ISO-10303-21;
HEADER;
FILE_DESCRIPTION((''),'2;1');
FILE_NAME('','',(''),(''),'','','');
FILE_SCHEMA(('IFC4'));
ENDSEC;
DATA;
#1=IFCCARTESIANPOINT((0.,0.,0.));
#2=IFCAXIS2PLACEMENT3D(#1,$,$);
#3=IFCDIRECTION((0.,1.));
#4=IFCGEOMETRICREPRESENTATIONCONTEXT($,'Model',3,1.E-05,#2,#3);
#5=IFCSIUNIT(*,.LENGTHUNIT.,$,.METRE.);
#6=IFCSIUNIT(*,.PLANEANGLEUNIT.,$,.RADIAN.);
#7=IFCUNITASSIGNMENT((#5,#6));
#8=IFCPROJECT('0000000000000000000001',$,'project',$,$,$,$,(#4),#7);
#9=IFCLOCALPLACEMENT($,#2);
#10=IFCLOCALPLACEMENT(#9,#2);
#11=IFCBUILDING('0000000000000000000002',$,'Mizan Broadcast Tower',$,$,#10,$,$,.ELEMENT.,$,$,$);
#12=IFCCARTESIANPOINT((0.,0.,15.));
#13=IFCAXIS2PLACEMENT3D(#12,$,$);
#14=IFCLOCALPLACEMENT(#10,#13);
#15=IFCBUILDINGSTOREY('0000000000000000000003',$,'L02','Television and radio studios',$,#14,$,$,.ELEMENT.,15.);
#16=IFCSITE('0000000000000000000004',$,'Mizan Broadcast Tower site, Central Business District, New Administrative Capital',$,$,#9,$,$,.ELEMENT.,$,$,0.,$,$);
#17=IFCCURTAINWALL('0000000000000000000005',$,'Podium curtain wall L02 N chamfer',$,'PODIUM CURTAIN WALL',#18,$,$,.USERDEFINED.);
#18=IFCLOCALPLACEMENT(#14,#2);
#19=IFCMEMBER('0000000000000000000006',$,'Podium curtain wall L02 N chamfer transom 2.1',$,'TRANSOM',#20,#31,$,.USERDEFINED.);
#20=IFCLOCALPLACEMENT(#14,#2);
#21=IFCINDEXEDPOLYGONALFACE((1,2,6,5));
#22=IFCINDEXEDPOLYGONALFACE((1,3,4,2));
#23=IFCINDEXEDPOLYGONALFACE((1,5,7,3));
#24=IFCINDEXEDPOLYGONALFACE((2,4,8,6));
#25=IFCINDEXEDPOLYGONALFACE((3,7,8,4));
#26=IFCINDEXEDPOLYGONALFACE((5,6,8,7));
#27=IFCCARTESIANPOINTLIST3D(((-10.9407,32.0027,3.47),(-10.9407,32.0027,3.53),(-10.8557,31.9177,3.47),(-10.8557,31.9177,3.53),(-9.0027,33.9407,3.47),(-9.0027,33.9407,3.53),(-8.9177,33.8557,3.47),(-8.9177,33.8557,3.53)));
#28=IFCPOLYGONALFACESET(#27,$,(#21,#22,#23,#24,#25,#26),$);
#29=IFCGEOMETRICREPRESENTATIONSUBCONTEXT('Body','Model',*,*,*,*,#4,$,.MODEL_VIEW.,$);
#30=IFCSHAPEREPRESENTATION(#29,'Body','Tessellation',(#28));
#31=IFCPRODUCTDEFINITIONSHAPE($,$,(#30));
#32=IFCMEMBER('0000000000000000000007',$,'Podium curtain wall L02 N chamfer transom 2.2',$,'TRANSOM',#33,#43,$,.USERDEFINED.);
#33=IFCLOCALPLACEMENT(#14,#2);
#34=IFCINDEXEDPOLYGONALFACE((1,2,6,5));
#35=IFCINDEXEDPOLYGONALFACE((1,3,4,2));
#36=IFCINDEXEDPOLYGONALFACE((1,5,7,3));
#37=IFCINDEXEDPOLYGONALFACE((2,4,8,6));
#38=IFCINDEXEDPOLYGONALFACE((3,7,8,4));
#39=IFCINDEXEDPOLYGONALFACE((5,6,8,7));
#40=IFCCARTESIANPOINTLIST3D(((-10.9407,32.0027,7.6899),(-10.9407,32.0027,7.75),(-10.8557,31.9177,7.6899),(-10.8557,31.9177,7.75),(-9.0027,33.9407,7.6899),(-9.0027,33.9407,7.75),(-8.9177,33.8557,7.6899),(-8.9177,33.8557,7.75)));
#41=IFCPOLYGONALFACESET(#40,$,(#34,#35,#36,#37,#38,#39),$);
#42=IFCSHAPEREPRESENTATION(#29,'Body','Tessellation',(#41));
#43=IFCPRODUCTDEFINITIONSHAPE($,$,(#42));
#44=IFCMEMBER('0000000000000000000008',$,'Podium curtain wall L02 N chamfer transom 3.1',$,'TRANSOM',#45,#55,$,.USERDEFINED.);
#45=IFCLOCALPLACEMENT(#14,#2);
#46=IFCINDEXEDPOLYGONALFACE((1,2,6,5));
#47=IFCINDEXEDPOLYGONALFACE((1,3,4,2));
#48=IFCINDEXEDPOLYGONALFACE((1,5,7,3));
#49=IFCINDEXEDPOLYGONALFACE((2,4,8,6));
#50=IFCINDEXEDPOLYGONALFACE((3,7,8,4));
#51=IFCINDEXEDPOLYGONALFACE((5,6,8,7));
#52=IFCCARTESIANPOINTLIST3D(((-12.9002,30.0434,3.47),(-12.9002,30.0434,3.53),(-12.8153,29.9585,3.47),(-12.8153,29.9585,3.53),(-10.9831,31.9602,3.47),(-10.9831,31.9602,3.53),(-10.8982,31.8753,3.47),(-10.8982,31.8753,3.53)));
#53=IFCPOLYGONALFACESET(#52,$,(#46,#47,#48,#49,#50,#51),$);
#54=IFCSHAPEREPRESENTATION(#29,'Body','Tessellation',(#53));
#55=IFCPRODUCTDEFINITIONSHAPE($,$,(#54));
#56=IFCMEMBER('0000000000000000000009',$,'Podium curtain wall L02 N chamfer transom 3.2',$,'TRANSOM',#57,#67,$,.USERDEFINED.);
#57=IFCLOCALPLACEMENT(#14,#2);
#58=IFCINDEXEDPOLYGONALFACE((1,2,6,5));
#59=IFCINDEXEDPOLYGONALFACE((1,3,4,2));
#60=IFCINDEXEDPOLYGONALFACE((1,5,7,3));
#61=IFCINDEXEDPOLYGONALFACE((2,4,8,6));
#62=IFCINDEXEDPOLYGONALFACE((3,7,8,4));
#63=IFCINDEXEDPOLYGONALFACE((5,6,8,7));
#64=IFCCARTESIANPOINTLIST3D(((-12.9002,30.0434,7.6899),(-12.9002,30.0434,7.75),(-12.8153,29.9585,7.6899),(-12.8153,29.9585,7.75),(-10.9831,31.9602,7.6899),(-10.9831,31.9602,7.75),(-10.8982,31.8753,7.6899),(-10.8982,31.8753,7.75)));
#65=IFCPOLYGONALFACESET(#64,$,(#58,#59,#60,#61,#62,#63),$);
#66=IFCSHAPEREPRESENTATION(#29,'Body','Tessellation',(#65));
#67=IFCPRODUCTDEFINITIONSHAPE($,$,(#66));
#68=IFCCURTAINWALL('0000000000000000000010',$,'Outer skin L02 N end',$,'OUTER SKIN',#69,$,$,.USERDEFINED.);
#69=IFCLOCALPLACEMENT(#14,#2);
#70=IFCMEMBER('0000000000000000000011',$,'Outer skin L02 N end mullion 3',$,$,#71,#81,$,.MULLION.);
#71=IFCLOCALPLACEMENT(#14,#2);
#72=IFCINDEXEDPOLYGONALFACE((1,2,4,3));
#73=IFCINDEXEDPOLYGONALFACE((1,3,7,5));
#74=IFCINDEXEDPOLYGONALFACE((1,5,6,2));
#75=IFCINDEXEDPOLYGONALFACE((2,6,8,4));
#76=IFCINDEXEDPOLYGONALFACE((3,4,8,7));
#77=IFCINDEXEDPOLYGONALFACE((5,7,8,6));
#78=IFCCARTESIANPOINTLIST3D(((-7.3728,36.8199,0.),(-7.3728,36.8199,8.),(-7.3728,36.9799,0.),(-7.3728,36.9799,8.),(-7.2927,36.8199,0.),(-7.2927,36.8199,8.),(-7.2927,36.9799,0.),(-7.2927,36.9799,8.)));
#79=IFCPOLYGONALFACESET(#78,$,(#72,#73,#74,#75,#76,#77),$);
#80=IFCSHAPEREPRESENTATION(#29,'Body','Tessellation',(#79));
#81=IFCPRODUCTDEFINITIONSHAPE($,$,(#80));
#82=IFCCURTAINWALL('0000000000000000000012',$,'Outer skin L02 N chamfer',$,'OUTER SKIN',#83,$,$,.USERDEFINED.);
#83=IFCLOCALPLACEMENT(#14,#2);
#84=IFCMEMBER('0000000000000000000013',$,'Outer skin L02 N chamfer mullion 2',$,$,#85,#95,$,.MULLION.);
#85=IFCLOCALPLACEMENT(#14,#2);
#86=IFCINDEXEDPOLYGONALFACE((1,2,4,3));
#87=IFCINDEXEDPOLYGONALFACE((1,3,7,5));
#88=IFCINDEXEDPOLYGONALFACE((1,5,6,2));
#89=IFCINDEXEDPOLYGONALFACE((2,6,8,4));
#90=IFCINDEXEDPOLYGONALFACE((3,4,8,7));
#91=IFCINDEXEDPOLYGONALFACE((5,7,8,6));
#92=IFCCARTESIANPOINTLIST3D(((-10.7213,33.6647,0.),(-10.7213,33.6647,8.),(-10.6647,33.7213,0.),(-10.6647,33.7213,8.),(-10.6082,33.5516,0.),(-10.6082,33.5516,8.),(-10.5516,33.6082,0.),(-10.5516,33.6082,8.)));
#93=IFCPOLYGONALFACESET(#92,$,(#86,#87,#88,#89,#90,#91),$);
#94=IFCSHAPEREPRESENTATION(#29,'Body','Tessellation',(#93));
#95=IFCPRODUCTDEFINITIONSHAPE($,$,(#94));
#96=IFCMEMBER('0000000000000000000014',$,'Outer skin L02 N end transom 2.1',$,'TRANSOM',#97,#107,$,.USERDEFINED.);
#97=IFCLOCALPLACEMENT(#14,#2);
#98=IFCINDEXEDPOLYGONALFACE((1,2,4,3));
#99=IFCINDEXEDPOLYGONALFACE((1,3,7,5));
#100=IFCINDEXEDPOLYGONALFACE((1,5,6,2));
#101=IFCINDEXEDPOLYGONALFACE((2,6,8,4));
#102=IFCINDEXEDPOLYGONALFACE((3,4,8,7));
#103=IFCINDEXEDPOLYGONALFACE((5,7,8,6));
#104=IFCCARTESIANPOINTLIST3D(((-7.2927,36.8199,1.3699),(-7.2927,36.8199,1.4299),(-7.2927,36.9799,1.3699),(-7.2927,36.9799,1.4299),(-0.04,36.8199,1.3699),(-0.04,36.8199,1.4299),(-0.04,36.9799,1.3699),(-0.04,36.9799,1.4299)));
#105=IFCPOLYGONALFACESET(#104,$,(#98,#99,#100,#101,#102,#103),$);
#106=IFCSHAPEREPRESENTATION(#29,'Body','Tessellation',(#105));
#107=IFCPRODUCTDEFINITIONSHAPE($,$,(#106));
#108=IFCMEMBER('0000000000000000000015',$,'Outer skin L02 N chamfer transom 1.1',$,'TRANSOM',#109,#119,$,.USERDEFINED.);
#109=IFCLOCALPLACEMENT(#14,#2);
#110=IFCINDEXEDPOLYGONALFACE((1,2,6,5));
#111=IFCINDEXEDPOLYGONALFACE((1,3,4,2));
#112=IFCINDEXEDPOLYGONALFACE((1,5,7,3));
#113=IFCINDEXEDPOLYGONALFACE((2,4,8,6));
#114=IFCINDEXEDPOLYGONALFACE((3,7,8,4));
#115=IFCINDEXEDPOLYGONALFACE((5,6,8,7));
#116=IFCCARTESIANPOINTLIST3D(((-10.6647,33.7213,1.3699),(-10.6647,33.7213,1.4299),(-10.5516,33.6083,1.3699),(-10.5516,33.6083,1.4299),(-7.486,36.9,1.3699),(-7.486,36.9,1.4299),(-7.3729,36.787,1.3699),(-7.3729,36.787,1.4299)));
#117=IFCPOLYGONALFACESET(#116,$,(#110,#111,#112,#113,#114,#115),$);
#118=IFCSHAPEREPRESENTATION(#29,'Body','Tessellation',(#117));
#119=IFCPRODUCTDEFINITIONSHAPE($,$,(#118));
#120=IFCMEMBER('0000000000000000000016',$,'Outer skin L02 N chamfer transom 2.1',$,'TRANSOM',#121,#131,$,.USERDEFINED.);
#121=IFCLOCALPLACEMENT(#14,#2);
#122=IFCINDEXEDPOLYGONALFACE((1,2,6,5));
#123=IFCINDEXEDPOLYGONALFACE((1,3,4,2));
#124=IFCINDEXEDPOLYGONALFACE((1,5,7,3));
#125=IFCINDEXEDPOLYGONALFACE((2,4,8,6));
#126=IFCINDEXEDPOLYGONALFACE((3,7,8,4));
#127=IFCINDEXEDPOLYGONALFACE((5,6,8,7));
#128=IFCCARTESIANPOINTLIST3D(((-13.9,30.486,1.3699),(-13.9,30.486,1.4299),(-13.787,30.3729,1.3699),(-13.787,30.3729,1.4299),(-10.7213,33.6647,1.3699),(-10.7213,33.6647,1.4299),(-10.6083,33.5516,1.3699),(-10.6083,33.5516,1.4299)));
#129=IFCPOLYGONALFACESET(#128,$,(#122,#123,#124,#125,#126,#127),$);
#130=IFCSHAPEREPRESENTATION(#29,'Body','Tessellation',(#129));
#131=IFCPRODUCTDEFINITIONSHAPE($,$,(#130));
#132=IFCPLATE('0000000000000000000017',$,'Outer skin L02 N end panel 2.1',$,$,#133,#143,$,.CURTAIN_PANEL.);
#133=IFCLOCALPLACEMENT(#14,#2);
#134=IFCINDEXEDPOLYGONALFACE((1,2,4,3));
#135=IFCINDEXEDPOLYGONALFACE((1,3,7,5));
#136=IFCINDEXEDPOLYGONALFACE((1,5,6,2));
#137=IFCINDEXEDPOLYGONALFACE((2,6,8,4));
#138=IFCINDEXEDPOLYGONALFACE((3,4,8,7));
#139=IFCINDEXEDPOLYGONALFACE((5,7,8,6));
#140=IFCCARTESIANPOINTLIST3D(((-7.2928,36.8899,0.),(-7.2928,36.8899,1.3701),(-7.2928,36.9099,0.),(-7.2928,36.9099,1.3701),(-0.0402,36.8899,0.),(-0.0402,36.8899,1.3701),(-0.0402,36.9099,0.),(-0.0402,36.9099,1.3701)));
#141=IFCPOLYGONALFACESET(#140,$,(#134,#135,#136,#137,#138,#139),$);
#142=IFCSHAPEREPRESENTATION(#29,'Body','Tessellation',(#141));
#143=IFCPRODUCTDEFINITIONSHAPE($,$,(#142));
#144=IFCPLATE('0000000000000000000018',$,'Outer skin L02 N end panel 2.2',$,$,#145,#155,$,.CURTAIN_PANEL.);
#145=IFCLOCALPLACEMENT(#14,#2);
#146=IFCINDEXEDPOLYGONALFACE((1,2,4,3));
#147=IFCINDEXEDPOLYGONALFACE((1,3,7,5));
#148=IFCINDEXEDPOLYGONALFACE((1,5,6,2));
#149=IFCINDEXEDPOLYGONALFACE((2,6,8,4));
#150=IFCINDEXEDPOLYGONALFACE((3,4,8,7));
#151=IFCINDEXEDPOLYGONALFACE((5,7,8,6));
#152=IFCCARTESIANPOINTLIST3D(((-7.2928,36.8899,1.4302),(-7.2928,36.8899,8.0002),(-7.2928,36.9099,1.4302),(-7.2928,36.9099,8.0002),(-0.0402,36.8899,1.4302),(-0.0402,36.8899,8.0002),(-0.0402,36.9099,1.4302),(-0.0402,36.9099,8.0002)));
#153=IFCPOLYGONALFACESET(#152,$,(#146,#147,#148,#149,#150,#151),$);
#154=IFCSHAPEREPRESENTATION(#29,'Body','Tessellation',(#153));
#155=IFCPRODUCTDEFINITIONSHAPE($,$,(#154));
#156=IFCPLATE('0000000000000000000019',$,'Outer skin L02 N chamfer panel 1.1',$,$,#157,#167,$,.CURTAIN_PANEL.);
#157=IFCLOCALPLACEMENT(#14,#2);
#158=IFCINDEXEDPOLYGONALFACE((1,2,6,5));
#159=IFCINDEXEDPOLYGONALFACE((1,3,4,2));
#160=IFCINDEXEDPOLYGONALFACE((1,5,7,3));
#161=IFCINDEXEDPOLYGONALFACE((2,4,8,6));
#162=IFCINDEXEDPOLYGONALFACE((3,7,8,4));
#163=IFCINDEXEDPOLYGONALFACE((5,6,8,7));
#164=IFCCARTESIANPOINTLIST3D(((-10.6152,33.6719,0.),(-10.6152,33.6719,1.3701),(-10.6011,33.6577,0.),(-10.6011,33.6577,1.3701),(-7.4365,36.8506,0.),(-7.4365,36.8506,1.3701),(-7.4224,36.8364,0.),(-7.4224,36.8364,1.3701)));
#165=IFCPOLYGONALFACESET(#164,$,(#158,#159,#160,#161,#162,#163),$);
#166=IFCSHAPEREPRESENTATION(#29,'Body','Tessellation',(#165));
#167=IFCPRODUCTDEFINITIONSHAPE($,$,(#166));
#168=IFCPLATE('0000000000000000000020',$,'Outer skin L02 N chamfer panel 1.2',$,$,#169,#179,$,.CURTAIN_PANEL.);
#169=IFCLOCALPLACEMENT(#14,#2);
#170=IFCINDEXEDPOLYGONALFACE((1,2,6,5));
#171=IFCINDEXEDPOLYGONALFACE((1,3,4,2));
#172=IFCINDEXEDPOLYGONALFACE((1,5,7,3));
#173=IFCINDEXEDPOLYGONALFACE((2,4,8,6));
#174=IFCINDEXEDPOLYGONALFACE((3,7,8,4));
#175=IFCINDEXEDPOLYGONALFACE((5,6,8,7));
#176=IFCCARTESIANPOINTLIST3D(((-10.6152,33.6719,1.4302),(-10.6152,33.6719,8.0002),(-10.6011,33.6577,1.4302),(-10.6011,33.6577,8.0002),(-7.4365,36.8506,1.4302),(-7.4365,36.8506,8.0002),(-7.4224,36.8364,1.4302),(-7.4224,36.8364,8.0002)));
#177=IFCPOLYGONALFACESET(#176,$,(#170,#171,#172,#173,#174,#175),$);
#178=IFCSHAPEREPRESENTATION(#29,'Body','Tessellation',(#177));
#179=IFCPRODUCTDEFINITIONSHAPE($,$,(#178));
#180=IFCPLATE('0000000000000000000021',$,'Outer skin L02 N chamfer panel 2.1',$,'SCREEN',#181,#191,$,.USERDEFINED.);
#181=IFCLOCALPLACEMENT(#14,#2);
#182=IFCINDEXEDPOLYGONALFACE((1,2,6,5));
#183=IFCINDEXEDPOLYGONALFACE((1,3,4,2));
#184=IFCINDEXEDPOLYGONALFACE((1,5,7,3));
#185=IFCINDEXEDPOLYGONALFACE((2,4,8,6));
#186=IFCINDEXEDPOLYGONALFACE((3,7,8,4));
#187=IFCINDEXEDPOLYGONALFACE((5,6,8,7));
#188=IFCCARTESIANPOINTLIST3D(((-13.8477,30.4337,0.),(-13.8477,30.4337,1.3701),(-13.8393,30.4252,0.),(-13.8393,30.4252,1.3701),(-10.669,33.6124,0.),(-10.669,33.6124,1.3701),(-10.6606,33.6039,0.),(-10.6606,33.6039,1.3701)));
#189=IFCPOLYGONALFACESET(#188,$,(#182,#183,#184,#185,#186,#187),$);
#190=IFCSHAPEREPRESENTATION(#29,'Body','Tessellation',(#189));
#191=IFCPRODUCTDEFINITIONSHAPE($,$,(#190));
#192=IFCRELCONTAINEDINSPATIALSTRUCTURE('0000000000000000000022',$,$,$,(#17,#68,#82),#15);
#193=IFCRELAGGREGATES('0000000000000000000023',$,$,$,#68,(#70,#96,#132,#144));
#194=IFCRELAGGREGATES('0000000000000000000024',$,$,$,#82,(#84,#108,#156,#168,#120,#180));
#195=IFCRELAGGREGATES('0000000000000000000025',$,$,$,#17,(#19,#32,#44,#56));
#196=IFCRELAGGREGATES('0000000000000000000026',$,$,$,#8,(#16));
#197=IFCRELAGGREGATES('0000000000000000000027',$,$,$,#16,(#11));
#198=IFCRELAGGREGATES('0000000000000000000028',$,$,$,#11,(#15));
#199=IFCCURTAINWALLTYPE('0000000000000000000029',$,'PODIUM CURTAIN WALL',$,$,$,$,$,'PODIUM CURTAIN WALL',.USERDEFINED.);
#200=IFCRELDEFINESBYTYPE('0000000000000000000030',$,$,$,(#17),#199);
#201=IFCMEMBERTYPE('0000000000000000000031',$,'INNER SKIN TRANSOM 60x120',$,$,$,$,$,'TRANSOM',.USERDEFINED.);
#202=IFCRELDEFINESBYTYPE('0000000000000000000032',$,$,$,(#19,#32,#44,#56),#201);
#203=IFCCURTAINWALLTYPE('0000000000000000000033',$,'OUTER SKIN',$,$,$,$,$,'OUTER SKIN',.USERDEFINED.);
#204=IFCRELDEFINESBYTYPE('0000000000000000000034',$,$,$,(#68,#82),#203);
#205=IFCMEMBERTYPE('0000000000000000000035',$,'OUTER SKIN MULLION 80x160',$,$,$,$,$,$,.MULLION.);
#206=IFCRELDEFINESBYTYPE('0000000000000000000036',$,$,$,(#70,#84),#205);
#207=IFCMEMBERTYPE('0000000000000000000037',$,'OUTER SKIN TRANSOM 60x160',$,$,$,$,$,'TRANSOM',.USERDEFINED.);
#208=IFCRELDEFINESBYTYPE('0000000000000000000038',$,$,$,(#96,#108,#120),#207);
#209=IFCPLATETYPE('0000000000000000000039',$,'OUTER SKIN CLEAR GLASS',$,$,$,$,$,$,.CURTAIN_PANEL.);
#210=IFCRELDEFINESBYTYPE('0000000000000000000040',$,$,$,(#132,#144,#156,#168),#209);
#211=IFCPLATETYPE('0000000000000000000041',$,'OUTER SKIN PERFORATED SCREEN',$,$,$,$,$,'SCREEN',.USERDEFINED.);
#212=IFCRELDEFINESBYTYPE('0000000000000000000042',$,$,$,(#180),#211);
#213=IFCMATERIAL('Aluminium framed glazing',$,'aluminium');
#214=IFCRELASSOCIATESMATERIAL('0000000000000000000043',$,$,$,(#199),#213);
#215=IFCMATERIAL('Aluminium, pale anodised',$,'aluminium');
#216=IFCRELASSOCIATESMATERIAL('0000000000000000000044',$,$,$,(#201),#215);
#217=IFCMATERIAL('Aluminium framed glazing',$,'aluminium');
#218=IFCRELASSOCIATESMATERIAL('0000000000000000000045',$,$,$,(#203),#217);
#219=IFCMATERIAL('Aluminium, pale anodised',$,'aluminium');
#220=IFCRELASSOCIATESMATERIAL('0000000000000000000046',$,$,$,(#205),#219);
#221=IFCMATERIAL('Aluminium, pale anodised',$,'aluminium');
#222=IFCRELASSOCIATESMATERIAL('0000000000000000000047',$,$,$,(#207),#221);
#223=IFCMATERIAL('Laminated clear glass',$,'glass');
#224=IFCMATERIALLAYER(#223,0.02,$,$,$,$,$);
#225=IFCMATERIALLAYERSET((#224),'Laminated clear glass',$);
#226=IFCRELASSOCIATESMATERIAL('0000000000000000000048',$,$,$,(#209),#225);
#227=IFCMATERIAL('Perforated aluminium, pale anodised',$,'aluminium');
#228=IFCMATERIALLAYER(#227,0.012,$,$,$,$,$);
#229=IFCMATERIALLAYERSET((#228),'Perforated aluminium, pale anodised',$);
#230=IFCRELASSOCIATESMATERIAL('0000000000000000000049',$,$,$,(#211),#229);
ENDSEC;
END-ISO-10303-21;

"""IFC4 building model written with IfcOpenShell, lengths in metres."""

from ifc_helpers import new_model, si_unit, direction, frame, origin, origin_2d, place, context, subcontext, project, spatial, rectangle, extrude, material, layer, layer_set, material_profile, profile_set, type_object, element, aggregate, save


model = new_model("IFC4")

# Units and contexts
model_context = context("Model", 3, precision=1e-05, world=origin(), true_north=direction((0.0, 1.0)))
body_context = subcontext(model_context, "Body", "Model", "MODEL_VIEW")
ifc_project = project(units=[si_unit("LENGTHUNIT", "METRE"), si_unit("PLANEANGLEUNIT", "RADIAN")], contexts=[model_context])

# Site, building, storey
site_placement = place(None, origin())
site = spatial("IfcSite", under=ifc_project, at=site_placement, Name="Mizan Broadcast Tower site, Central Business District, New Administrative Capital", CompositionType="ELEMENT", RefElevation=0.0)
building_placement = place(site_placement, origin())
building = spatial("IfcBuilding", under=site, at=building_placement, Name="Mizan Broadcast Tower", CompositionType="ELEMENT")
storey_placement = place(building_placement, frame((0.0, 0.0, 15.0)))
storey = spatial("IfcBuildingStorey", under=building, at=storey_placement, Name="L02", Description="Television and radio studios", CompositionType="ELEMENT", Elevation=15.0)

# Curtain wall
ifc_material_1 = material(Name="Aluminium framed glazing", Category="aluminium")
curtain_wall_type_1 = type_object("IfcCurtainWallType", Name="PODIUM CURTAIN WALL", ElementType="PODIUM CURTAIN WALL", PredefinedType="USERDEFINED", material=ifc_material_1)
curtain_wall_1_placement = place(storey_placement, origin())
curtain_wall_1 = element("IfcCurtainWall", 1, at=curtain_wall_1_placement, inside=storey, type_object=curtain_wall_type_1, Name="Podium curtain wall L02 N chamfer", ObjectType="PODIUM CURTAIN WALL", PredefinedType="USERDEFINED")

# Members
ifc_material_2 = material(Name="Aluminium, pale anodised", Category="aluminium")
ifc_material_profile_1 = material_profile(ifc_material_2, rectangle(XDim=0.1201, YDim=0.0601, at=origin_2d()), Name="TRANSOM 120x60")
ifc_profile_set_1 = profile_set([ifc_material_profile_1], Name="Aluminium, pale anodised")
member_type_1 = type_object("IfcMemberType", Name="INNER SKIN TRANSOM 60x120", ElementType="TRANSOM", PredefinedType="USERDEFINED", material=ifc_profile_set_1)
member_1_placement = place(storey_placement, frame((-8.9602, 33.8982, 3.5), z_axis=(-0.707107, -0.707107, 0.0), x_axis=(0.707107, -0.707107, 0.0)))
member_1 = element("IfcMember", 2, at=member_1_placement, type_object=member_type_1, Name="Podium curtain wall L02 N chamfer transom 2.1", ObjectType="TRANSOM", PredefinedType="USERDEFINED", context=body_context, shape_type="SweptSolid", body=[
    extrude(rectangle(XDim=0.1201, YDim=0.0601, at=origin_2d()), origin(), (0.0, 0.0, 1.0), 2.7407),
])
member_2_placement = place(storey_placement, frame((-8.9602, 33.8982, 7.72), z_axis=(-0.707107, -0.707107, 0.0), x_axis=(0.707107, -0.707107, 0.0)))
member_2 = element("IfcMember", 3, at=member_2_placement, type_object=member_type_1, Name="Podium curtain wall L02 N chamfer transom 2.2", ObjectType="TRANSOM", PredefinedType="USERDEFINED", context=body_context, shape_type="SweptSolid", body=[
    extrude(rectangle(XDim=0.1201, YDim=0.0601, at=origin_2d()), origin(), (0.0, 0.0, 1.0), 2.7407),
])
member_3_placement = place(storey_placement, frame((-10.9407, 31.9177, 3.5), z_axis=(-0.707152, -0.707062, 0.0), x_axis=(0.707062, -0.707152, 0.0)))
member_3 = element("IfcMember", 4, at=member_3_placement, type_object=member_type_1, Name="Podium curtain wall L02 N chamfer transom 3.1", ObjectType="TRANSOM", PredefinedType="USERDEFINED", context=body_context, shape_type="SweptSolid", body=[
    extrude(rectangle(XDim=0.1201, YDim=0.0601, at=origin_2d()), origin(), (0.0, 0.0, 1.0), 2.7109),
])
member_4_placement = place(storey_placement, frame((-10.9407, 31.9177, 7.72), z_axis=(-0.707152, -0.707062, 0.0), x_axis=(0.707062, -0.707152, 0.0)))
member_4 = element("IfcMember", 5, at=member_4_placement, type_object=member_type_1, Name="Podium curtain wall L02 N chamfer transom 3.2", ObjectType="TRANSOM", PredefinedType="USERDEFINED", context=body_context, shape_type="SweptSolid", body=[
    extrude(rectangle(XDim=0.1201, YDim=0.0601, at=origin_2d()), origin(), (0.0, 0.0, 1.0), 2.7109),
])

# Curtain walls, members
ifc_material_3 = material(Name="Aluminium framed glazing", Category="aluminium")
curtain_wall_type_2 = type_object("IfcCurtainWallType", Name="OUTER SKIN", ElementType="OUTER SKIN", PredefinedType="USERDEFINED", material=ifc_material_3)
curtain_wall_2_placement = place(storey_placement, origin())
curtain_wall_2 = element("IfcCurtainWall", 6, at=curtain_wall_2_placement, inside=storey, type_object=curtain_wall_type_2, Name="Outer skin L02 N end", ObjectType="OUTER SKIN", PredefinedType="USERDEFINED")
ifc_material_4 = material(Name="Aluminium, pale anodised", Category="aluminium")
ifc_material_profile_2 = material_profile(ifc_material_4, rectangle(XDim=0.1599, YDim=0.0801, at=origin_2d()), Name="MULLION 160x80")
ifc_profile_set_2 = profile_set([ifc_material_profile_2], Name="Aluminium, pale anodised")
member_type_2 = type_object("IfcMemberType", Name="OUTER SKIN MULLION 80x160", PredefinedType="MULLION", material=ifc_profile_set_2)
member_5_placement = place(storey_placement, frame((-7.3328, 36.8999, 0.0), z_axis=(0.0, 0.0, 1.0), x_axis=(0.0, -1.0, 0.0)))
member_5 = element("IfcMember", 7, at=member_5_placement, type_object=member_type_2, Name="Outer skin L02 N end mullion 3", PredefinedType="MULLION", context=body_context, shape_type="SweptSolid", body=[
    extrude(rectangle(XDim=0.1599, YDim=0.0801, at=origin_2d()), origin(), (0.0, 0.0, 1.0), 8.0),
])
curtain_wall_3_placement = place(storey_placement, origin())
curtain_wall_3 = element("IfcCurtainWall", 8, at=curtain_wall_3_placement, inside=storey, type_object=curtain_wall_type_2, Name="Outer skin L02 N chamfer", ObjectType="OUTER SKIN", PredefinedType="USERDEFINED")
member_6_placement = place(storey_placement, frame((-10.6365, 33.6365, 0.0), z_axis=(0.0, 0.0, 1.0), x_axis=(0.707107, -0.707107, 0.0)))
member_6 = element("IfcMember", 9, at=member_6_placement, type_object=member_type_2, Name="Outer skin L02 N chamfer mullion 2", PredefinedType="MULLION", context=body_context, shape_type="SweptSolid", body=[
    extrude(rectangle(XDim=0.1599, YDim=0.0801, at=origin_2d()), origin(), (0.0, 0.0, 1.0), 8.0),
])

# Members
ifc_material_5 = material(Name="Aluminium, pale anodised", Category="aluminium")
ifc_material_profile_3 = material_profile(ifc_material_5, rectangle(XDim=0.1599, YDim=0.0601, at=origin_2d()), Name="TRANSOM 160x60")
ifc_profile_set_3 = profile_set([ifc_material_profile_3], Name="Aluminium, pale anodised")
member_type_3 = type_object("IfcMemberType", Name="OUTER SKIN TRANSOM 60x160", ElementType="TRANSOM", PredefinedType="USERDEFINED", material=ifc_profile_set_3)
member_7_placement = place(storey_placement, frame((-0.04, 36.8999, 1.3999), z_axis=(-1.0, 0.0, 0.0), x_axis=(0.0, -1.0, 0.0)))
member_7 = element("IfcMember", 10, at=member_7_placement, type_object=member_type_3, Name="Outer skin L02 N end transom 2.1", ObjectType="TRANSOM", PredefinedType="USERDEFINED", context=body_context, shape_type="SweptSolid", body=[
    extrude(rectangle(XDim=0.1599, YDim=0.0601, at=origin_2d()), origin(), (0.0, 0.0, 1.0), 7.2527),
])
member_8_placement = place(storey_placement, frame((-7.4294, 36.8435, 1.3999), z_axis=(-0.707107, -0.707107, 0.0), x_axis=(0.707107, -0.707107, 0.0)))
member_8 = element("IfcMember", 11, at=member_8_placement, type_object=member_type_3, Name="Outer skin L02 N chamfer transom 1.1", ObjectType="TRANSOM", PredefinedType="USERDEFINED", context=body_context, shape_type="SweptSolid", body=[
    extrude(rectangle(XDim=0.1599, YDim=0.0601, at=origin_2d()), origin(), (0.0, 0.0, 1.0), 4.4954),
])
member_9_placement = place(storey_placement, frame((-10.6648, 33.6082, 1.3999), z_axis=(-0.707107, -0.707107, 0.0), x_axis=(0.707107, -0.707107, 0.0)))
member_9 = element("IfcMember", 12, at=member_9_placement, type_object=member_type_3, Name="Outer skin L02 N chamfer transom 2.1", ObjectType="TRANSOM", PredefinedType="USERDEFINED", context=body_context, shape_type="SweptSolid", body=[
    extrude(rectangle(XDim=0.1599, YDim=0.0601, at=origin_2d()), origin(), (0.0, 0.0, 1.0), 4.4954),
])

# Plates
ifc_material_6 = material(Name="Laminated clear glass", Category="glass")
ifc_layer_1 = layer(ifc_material_6, 0.02)
ifc_layer_set_1 = layer_set([ifc_layer_1], Name="Laminated clear glass")
plate_type_1 = type_object("IfcPlateType", Name="OUTER SKIN CLEAR GLASS", PredefinedType="CURTAIN_PANEL", material=ifc_layer_set_1)
plate_1_placement = place(storey_placement, frame((-3.6665, 36.8999, 0.0), z_axis=(0.0, 0.0, 1.0), x_axis=(-1.0, 0.0, 0.0)))
plate_1 = element("IfcPlate", 13, at=plate_1_placement, type_object=plate_type_1, Name="Outer skin L02 N end panel 2.1", PredefinedType="CURTAIN_PANEL", context=body_context, shape_type="SweptSolid", body=[
    extrude(rectangle(XDim=7.2527, YDim=0.02, at=origin_2d()), origin(), (0.0, 0.0, 1.0), 1.3701),
])
plate_2_placement = place(storey_placement, frame((-3.6665, 36.8999, 1.4302), z_axis=(0.0, 0.0, 1.0), x_axis=(-1.0, 0.0, 0.0)))
plate_2 = element("IfcPlate", 14, at=plate_2_placement, type_object=plate_type_1, Name="Outer skin L02 N end panel 2.2", PredefinedType="CURTAIN_PANEL", context=body_context, shape_type="SweptSolid", body=[
    extrude(rectangle(XDim=7.2527, YDim=0.02, at=origin_2d()), origin(), (0.0, 0.0, 1.0), 6.5701),
])
aggregate(curtain_wall_2, [member_5, member_7, plate_1, plate_2])
plate_3_placement = place(storey_placement, frame((-9.0188, 35.2542, 0.0), z_axis=(0.0, 0.0, 1.0), x_axis=(-0.707107, -0.707107, 0.0)))
plate_3 = element("IfcPlate", 15, at=plate_3_placement, type_object=plate_type_1, Name="Outer skin L02 N chamfer panel 1.1", PredefinedType="CURTAIN_PANEL", context=body_context, shape_type="SweptSolid", body=[
    extrude(rectangle(XDim=4.4954, YDim=0.02, at=origin_2d()), origin(), (0.0, 0.0, 1.0), 1.3701),
])
plate_4_placement = place(storey_placement, frame((-9.0188, 35.2542, 1.4302), z_axis=(0.0, 0.0, 1.0), x_axis=(-0.707107, -0.707107, 0.0)))
plate_4 = element("IfcPlate", 16, at=plate_4_placement, type_object=plate_type_1, Name="Outer skin L02 N chamfer panel 1.2", PredefinedType="CURTAIN_PANEL", context=body_context, shape_type="SweptSolid", body=[
    extrude(rectangle(XDim=4.4954, YDim=0.02, at=origin_2d()), origin(), (0.0, 0.0, 1.0), 6.5701),
])
ifc_material_7 = material(Name="Perforated aluminium, pale anodised", Category="aluminium")
ifc_layer_2 = layer(ifc_material_7, 0.012)
ifc_layer_set_2 = layer_set([ifc_layer_2], Name="Perforated aluminium, pale anodised")
plate_type_2 = type_object("IfcPlateType", Name="OUTER SKIN PERFORATED SCREEN", ElementType="SCREEN", PredefinedType="USERDEFINED", material=ifc_layer_set_2)
plate_5_placement = place(storey_placement, frame((-12.2542, 32.0188, 0.0), z_axis=(0.0, 0.0, 1.0), x_axis=(-0.707107, -0.707107, 0.0)))
plate_5 = element("IfcPlate", 17, at=plate_5_placement, type_object=plate_type_2, Name="Outer skin L02 N chamfer panel 2.1", ObjectType="SCREEN", PredefinedType="USERDEFINED", context=body_context, shape_type="SweptSolid", body=[
    extrude(rectangle(XDim=4.4954, YDim=0.012, at=origin_2d()), origin(), (0.0, 0.0, 1.0), 1.3701),
])
aggregate(curtain_wall_3, [member_6, member_8, plate_3, plate_4, member_9, plate_5])
aggregate(curtain_wall_1, [member_1, member_2, member_3, member_4])

save(model, "model.ifc")
